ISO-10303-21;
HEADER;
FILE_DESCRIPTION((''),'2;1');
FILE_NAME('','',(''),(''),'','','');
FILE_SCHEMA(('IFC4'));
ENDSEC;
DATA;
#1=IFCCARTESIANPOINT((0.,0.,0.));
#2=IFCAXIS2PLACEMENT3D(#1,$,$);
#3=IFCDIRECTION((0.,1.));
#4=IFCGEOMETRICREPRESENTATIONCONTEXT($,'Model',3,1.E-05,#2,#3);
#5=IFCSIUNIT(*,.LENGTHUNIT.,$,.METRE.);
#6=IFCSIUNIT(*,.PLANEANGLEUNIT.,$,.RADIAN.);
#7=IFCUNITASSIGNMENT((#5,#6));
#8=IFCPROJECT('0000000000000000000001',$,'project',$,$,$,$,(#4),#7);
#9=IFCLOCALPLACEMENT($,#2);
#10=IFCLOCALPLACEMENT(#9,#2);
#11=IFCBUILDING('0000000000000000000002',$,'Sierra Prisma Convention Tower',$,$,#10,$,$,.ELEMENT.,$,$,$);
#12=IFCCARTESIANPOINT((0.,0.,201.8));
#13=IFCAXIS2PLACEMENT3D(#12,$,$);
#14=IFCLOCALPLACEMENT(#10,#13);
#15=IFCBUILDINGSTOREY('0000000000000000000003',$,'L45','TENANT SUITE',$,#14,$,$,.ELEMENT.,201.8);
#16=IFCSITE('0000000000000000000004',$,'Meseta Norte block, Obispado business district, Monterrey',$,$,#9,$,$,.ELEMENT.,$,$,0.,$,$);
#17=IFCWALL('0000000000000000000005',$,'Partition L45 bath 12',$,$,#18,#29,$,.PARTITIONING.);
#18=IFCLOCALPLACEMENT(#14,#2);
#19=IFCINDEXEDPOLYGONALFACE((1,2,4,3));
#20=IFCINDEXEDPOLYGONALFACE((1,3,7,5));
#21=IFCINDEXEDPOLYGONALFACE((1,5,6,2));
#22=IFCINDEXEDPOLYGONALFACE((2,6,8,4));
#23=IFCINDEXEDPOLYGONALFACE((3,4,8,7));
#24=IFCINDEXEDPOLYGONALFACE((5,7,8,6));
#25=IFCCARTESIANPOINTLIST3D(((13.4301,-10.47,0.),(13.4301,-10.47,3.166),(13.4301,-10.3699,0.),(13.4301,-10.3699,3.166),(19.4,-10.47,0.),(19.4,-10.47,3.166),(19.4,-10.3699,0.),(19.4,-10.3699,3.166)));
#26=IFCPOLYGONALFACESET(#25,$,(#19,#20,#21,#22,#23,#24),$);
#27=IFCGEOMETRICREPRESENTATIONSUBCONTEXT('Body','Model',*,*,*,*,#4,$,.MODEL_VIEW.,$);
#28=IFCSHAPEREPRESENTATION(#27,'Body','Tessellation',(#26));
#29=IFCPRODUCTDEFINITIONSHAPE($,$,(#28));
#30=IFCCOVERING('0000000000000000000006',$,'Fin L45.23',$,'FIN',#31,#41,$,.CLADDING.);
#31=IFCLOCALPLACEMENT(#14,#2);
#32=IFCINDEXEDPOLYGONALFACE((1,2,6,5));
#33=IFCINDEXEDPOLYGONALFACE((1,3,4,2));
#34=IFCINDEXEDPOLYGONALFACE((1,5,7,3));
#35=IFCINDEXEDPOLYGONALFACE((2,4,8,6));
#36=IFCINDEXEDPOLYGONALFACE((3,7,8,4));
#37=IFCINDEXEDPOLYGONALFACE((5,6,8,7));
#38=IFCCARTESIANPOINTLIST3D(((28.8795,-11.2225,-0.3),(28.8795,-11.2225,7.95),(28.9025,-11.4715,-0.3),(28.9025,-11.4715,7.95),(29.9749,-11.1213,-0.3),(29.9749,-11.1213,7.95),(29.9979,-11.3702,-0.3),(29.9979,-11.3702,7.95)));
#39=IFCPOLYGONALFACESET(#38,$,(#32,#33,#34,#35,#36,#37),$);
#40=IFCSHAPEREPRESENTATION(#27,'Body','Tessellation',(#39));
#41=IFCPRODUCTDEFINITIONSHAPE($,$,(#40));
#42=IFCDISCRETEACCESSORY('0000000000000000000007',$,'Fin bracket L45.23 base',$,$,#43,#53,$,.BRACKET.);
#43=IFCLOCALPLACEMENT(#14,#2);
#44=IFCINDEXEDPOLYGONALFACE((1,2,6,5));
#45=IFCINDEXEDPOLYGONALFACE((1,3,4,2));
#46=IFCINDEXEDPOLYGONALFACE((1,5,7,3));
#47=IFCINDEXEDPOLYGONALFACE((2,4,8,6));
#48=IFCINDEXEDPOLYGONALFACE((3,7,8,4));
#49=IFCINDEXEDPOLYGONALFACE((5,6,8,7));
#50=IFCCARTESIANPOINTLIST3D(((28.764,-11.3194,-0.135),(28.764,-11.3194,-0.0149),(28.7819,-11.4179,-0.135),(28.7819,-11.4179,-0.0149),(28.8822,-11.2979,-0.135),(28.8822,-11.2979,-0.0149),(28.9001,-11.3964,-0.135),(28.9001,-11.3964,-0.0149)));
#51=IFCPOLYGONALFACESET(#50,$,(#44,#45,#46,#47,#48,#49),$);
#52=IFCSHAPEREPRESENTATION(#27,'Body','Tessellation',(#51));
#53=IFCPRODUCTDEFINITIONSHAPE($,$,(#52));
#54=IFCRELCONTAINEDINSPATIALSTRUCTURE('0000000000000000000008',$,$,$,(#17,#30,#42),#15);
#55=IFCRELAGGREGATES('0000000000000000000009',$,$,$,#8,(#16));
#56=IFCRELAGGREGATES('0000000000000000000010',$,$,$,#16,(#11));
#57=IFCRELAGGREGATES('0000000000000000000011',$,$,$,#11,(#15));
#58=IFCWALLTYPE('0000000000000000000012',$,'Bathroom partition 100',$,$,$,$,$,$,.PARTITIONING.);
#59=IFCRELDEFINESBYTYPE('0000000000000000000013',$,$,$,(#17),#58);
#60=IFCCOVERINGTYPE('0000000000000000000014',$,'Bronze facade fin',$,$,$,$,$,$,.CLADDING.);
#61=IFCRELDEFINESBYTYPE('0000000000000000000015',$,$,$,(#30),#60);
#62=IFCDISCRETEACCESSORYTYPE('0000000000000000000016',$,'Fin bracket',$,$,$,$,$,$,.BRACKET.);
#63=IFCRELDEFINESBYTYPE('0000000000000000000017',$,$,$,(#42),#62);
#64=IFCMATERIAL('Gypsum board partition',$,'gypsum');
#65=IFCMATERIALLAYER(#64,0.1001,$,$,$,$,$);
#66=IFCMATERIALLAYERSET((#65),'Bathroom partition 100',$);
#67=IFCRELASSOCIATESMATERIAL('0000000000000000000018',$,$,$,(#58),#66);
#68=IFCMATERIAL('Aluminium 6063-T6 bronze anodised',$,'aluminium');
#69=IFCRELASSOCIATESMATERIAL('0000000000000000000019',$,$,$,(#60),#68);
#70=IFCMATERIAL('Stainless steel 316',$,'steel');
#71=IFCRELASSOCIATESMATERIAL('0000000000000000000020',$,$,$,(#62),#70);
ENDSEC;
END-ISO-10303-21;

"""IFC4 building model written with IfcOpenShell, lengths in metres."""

from ifc_helpers import new_model, si_unit, direction, frame, frame_2d, origin, origin_2d, place, context, subcontext, project, spatial, rectangle, extrude, material, layer, layer_set, material_profile, profile_set, type_object, element, save


model = new_model("IFC4")

# Units and contexts
model_context = context("Model", 3, precision=1e-05, world=origin(), true_north=direction((0.0, 1.0)))
body_context = subcontext(model_context, "Body", "Model", "MODEL_VIEW")
ifc_project = project(units=[si_unit("LENGTHUNIT", "METRE"), si_unit("PLANEANGLEUNIT", "RADIAN")], contexts=[model_context])

# Site, building, storey
site_placement = place(None, origin())
site = spatial("IfcSite", under=ifc_project, at=site_placement, Name="Meseta Norte block, Obispado business district, Monterrey", CompositionType="ELEMENT", RefElevation=0.0)
building_placement = place(site_placement, origin())
building = spatial("IfcBuilding", under=site, at=building_placement, Name="Sierra Prisma Convention Tower", CompositionType="ELEMENT")
storey_placement = place(building_placement, frame((0.0, 0.0, 201.8)))
storey = spatial("IfcBuildingStorey", under=building, at=storey_placement, Name="L45", Description="TENANT SUITE", CompositionType="ELEMENT", Elevation=201.8)

# Wall
ifc_material_1 = material(Name="Gypsum board partition", Category="gypsum")
ifc_layer_1 = layer(ifc_material_1, 0.1001)
ifc_layer_set_1 = layer_set([ifc_layer_1], Name="Bathroom partition 100")
wall_type = type_object("IfcWallType", Name="Bathroom partition 100", PredefinedType="PARTITIONING", material=ifc_layer_set_1)
wall_1_placement = place(storey_placement, frame((19.3999, -10.4199, 0.0), z_axis=(0.0, 0.0, 1.0), x_axis=(-1.0, 0.0, 0.0)))
element("IfcWall", 1, at=wall_1_placement, inside=storey, type_object=wall_type, Name="Partition L45 bath 12", PredefinedType="PARTITIONING", context=body_context, shape_type="SweptSolid", body=[
    extrude(rectangle(XDim=5.97, YDim=0.1001, at=frame_2d((2.9849, 0.0))), origin(), (0.0, 0.0, 1.0), 3.166),
])

# Covering
ifc_material_2 = material(Name="Aluminium 6063-T6 bronze anodised", Category="aluminium")
ifc_material_profile_1 = material_profile(ifc_material_2, rectangle(XDim=1.1001, YDim=0.25, at=origin_2d()), Name="ALU FIN 1100x250")
ifc_profile_set_1 = profile_set([ifc_material_profile_1], Name="Aluminium 6063-T6 bronze anodised")
covering_type = type_object("IfcCoveringType", Name="Bronze facade fin", PredefinedType="CLADDING", material=ifc_profile_set_1)
covering_placement = place(storey_placement, frame((29.4387, -11.2964, -0.3), z_axis=(0.0, 0.0, 1.0), x_axis=(0.995755, 0.092046, 0.0)))
element("IfcCovering", 2, at=covering_placement, inside=storey, type_object=covering_type, Name="Fin L45.23", ObjectType="FIN", PredefinedType="CLADDING", context=body_context, shape_type="SweptSolid", body=[
    extrude(rectangle(XDim=1.1001, YDim=0.25, at=origin_2d()), origin(), (0.0, 0.0, 1.0), 8.25),
])

# Discrete accessory
ifc_material_3 = material(Name="Stainless steel 316", Category="steel")
discrete_accessory_type = type_object("IfcDiscreteAccessoryType", Name="Fin bracket", PredefinedType="BRACKET", material=ifc_material_3)
discrete_accessory_placement = place(storey_placement, frame((28.832, -11.3579, -0.135), z_axis=(0.0, 0.0, 1.0), x_axis=(0.983943, 0.178482, 0.0)))
element("IfcDiscreteAccessory", 3, at=discrete_accessory_placement, inside=storey, type_object=discrete_accessory_type, Name="Fin bracket L45.23 base", PredefinedType="BRACKET", context=body_context, shape_type="SweptSolid", body=[
    extrude(rectangle(XDim=0.1201, YDim=0.1001, at=origin_2d()), origin(), (0.0, 0.0, 1.0), 0.1201),
])

save(model, "model.ifc")
